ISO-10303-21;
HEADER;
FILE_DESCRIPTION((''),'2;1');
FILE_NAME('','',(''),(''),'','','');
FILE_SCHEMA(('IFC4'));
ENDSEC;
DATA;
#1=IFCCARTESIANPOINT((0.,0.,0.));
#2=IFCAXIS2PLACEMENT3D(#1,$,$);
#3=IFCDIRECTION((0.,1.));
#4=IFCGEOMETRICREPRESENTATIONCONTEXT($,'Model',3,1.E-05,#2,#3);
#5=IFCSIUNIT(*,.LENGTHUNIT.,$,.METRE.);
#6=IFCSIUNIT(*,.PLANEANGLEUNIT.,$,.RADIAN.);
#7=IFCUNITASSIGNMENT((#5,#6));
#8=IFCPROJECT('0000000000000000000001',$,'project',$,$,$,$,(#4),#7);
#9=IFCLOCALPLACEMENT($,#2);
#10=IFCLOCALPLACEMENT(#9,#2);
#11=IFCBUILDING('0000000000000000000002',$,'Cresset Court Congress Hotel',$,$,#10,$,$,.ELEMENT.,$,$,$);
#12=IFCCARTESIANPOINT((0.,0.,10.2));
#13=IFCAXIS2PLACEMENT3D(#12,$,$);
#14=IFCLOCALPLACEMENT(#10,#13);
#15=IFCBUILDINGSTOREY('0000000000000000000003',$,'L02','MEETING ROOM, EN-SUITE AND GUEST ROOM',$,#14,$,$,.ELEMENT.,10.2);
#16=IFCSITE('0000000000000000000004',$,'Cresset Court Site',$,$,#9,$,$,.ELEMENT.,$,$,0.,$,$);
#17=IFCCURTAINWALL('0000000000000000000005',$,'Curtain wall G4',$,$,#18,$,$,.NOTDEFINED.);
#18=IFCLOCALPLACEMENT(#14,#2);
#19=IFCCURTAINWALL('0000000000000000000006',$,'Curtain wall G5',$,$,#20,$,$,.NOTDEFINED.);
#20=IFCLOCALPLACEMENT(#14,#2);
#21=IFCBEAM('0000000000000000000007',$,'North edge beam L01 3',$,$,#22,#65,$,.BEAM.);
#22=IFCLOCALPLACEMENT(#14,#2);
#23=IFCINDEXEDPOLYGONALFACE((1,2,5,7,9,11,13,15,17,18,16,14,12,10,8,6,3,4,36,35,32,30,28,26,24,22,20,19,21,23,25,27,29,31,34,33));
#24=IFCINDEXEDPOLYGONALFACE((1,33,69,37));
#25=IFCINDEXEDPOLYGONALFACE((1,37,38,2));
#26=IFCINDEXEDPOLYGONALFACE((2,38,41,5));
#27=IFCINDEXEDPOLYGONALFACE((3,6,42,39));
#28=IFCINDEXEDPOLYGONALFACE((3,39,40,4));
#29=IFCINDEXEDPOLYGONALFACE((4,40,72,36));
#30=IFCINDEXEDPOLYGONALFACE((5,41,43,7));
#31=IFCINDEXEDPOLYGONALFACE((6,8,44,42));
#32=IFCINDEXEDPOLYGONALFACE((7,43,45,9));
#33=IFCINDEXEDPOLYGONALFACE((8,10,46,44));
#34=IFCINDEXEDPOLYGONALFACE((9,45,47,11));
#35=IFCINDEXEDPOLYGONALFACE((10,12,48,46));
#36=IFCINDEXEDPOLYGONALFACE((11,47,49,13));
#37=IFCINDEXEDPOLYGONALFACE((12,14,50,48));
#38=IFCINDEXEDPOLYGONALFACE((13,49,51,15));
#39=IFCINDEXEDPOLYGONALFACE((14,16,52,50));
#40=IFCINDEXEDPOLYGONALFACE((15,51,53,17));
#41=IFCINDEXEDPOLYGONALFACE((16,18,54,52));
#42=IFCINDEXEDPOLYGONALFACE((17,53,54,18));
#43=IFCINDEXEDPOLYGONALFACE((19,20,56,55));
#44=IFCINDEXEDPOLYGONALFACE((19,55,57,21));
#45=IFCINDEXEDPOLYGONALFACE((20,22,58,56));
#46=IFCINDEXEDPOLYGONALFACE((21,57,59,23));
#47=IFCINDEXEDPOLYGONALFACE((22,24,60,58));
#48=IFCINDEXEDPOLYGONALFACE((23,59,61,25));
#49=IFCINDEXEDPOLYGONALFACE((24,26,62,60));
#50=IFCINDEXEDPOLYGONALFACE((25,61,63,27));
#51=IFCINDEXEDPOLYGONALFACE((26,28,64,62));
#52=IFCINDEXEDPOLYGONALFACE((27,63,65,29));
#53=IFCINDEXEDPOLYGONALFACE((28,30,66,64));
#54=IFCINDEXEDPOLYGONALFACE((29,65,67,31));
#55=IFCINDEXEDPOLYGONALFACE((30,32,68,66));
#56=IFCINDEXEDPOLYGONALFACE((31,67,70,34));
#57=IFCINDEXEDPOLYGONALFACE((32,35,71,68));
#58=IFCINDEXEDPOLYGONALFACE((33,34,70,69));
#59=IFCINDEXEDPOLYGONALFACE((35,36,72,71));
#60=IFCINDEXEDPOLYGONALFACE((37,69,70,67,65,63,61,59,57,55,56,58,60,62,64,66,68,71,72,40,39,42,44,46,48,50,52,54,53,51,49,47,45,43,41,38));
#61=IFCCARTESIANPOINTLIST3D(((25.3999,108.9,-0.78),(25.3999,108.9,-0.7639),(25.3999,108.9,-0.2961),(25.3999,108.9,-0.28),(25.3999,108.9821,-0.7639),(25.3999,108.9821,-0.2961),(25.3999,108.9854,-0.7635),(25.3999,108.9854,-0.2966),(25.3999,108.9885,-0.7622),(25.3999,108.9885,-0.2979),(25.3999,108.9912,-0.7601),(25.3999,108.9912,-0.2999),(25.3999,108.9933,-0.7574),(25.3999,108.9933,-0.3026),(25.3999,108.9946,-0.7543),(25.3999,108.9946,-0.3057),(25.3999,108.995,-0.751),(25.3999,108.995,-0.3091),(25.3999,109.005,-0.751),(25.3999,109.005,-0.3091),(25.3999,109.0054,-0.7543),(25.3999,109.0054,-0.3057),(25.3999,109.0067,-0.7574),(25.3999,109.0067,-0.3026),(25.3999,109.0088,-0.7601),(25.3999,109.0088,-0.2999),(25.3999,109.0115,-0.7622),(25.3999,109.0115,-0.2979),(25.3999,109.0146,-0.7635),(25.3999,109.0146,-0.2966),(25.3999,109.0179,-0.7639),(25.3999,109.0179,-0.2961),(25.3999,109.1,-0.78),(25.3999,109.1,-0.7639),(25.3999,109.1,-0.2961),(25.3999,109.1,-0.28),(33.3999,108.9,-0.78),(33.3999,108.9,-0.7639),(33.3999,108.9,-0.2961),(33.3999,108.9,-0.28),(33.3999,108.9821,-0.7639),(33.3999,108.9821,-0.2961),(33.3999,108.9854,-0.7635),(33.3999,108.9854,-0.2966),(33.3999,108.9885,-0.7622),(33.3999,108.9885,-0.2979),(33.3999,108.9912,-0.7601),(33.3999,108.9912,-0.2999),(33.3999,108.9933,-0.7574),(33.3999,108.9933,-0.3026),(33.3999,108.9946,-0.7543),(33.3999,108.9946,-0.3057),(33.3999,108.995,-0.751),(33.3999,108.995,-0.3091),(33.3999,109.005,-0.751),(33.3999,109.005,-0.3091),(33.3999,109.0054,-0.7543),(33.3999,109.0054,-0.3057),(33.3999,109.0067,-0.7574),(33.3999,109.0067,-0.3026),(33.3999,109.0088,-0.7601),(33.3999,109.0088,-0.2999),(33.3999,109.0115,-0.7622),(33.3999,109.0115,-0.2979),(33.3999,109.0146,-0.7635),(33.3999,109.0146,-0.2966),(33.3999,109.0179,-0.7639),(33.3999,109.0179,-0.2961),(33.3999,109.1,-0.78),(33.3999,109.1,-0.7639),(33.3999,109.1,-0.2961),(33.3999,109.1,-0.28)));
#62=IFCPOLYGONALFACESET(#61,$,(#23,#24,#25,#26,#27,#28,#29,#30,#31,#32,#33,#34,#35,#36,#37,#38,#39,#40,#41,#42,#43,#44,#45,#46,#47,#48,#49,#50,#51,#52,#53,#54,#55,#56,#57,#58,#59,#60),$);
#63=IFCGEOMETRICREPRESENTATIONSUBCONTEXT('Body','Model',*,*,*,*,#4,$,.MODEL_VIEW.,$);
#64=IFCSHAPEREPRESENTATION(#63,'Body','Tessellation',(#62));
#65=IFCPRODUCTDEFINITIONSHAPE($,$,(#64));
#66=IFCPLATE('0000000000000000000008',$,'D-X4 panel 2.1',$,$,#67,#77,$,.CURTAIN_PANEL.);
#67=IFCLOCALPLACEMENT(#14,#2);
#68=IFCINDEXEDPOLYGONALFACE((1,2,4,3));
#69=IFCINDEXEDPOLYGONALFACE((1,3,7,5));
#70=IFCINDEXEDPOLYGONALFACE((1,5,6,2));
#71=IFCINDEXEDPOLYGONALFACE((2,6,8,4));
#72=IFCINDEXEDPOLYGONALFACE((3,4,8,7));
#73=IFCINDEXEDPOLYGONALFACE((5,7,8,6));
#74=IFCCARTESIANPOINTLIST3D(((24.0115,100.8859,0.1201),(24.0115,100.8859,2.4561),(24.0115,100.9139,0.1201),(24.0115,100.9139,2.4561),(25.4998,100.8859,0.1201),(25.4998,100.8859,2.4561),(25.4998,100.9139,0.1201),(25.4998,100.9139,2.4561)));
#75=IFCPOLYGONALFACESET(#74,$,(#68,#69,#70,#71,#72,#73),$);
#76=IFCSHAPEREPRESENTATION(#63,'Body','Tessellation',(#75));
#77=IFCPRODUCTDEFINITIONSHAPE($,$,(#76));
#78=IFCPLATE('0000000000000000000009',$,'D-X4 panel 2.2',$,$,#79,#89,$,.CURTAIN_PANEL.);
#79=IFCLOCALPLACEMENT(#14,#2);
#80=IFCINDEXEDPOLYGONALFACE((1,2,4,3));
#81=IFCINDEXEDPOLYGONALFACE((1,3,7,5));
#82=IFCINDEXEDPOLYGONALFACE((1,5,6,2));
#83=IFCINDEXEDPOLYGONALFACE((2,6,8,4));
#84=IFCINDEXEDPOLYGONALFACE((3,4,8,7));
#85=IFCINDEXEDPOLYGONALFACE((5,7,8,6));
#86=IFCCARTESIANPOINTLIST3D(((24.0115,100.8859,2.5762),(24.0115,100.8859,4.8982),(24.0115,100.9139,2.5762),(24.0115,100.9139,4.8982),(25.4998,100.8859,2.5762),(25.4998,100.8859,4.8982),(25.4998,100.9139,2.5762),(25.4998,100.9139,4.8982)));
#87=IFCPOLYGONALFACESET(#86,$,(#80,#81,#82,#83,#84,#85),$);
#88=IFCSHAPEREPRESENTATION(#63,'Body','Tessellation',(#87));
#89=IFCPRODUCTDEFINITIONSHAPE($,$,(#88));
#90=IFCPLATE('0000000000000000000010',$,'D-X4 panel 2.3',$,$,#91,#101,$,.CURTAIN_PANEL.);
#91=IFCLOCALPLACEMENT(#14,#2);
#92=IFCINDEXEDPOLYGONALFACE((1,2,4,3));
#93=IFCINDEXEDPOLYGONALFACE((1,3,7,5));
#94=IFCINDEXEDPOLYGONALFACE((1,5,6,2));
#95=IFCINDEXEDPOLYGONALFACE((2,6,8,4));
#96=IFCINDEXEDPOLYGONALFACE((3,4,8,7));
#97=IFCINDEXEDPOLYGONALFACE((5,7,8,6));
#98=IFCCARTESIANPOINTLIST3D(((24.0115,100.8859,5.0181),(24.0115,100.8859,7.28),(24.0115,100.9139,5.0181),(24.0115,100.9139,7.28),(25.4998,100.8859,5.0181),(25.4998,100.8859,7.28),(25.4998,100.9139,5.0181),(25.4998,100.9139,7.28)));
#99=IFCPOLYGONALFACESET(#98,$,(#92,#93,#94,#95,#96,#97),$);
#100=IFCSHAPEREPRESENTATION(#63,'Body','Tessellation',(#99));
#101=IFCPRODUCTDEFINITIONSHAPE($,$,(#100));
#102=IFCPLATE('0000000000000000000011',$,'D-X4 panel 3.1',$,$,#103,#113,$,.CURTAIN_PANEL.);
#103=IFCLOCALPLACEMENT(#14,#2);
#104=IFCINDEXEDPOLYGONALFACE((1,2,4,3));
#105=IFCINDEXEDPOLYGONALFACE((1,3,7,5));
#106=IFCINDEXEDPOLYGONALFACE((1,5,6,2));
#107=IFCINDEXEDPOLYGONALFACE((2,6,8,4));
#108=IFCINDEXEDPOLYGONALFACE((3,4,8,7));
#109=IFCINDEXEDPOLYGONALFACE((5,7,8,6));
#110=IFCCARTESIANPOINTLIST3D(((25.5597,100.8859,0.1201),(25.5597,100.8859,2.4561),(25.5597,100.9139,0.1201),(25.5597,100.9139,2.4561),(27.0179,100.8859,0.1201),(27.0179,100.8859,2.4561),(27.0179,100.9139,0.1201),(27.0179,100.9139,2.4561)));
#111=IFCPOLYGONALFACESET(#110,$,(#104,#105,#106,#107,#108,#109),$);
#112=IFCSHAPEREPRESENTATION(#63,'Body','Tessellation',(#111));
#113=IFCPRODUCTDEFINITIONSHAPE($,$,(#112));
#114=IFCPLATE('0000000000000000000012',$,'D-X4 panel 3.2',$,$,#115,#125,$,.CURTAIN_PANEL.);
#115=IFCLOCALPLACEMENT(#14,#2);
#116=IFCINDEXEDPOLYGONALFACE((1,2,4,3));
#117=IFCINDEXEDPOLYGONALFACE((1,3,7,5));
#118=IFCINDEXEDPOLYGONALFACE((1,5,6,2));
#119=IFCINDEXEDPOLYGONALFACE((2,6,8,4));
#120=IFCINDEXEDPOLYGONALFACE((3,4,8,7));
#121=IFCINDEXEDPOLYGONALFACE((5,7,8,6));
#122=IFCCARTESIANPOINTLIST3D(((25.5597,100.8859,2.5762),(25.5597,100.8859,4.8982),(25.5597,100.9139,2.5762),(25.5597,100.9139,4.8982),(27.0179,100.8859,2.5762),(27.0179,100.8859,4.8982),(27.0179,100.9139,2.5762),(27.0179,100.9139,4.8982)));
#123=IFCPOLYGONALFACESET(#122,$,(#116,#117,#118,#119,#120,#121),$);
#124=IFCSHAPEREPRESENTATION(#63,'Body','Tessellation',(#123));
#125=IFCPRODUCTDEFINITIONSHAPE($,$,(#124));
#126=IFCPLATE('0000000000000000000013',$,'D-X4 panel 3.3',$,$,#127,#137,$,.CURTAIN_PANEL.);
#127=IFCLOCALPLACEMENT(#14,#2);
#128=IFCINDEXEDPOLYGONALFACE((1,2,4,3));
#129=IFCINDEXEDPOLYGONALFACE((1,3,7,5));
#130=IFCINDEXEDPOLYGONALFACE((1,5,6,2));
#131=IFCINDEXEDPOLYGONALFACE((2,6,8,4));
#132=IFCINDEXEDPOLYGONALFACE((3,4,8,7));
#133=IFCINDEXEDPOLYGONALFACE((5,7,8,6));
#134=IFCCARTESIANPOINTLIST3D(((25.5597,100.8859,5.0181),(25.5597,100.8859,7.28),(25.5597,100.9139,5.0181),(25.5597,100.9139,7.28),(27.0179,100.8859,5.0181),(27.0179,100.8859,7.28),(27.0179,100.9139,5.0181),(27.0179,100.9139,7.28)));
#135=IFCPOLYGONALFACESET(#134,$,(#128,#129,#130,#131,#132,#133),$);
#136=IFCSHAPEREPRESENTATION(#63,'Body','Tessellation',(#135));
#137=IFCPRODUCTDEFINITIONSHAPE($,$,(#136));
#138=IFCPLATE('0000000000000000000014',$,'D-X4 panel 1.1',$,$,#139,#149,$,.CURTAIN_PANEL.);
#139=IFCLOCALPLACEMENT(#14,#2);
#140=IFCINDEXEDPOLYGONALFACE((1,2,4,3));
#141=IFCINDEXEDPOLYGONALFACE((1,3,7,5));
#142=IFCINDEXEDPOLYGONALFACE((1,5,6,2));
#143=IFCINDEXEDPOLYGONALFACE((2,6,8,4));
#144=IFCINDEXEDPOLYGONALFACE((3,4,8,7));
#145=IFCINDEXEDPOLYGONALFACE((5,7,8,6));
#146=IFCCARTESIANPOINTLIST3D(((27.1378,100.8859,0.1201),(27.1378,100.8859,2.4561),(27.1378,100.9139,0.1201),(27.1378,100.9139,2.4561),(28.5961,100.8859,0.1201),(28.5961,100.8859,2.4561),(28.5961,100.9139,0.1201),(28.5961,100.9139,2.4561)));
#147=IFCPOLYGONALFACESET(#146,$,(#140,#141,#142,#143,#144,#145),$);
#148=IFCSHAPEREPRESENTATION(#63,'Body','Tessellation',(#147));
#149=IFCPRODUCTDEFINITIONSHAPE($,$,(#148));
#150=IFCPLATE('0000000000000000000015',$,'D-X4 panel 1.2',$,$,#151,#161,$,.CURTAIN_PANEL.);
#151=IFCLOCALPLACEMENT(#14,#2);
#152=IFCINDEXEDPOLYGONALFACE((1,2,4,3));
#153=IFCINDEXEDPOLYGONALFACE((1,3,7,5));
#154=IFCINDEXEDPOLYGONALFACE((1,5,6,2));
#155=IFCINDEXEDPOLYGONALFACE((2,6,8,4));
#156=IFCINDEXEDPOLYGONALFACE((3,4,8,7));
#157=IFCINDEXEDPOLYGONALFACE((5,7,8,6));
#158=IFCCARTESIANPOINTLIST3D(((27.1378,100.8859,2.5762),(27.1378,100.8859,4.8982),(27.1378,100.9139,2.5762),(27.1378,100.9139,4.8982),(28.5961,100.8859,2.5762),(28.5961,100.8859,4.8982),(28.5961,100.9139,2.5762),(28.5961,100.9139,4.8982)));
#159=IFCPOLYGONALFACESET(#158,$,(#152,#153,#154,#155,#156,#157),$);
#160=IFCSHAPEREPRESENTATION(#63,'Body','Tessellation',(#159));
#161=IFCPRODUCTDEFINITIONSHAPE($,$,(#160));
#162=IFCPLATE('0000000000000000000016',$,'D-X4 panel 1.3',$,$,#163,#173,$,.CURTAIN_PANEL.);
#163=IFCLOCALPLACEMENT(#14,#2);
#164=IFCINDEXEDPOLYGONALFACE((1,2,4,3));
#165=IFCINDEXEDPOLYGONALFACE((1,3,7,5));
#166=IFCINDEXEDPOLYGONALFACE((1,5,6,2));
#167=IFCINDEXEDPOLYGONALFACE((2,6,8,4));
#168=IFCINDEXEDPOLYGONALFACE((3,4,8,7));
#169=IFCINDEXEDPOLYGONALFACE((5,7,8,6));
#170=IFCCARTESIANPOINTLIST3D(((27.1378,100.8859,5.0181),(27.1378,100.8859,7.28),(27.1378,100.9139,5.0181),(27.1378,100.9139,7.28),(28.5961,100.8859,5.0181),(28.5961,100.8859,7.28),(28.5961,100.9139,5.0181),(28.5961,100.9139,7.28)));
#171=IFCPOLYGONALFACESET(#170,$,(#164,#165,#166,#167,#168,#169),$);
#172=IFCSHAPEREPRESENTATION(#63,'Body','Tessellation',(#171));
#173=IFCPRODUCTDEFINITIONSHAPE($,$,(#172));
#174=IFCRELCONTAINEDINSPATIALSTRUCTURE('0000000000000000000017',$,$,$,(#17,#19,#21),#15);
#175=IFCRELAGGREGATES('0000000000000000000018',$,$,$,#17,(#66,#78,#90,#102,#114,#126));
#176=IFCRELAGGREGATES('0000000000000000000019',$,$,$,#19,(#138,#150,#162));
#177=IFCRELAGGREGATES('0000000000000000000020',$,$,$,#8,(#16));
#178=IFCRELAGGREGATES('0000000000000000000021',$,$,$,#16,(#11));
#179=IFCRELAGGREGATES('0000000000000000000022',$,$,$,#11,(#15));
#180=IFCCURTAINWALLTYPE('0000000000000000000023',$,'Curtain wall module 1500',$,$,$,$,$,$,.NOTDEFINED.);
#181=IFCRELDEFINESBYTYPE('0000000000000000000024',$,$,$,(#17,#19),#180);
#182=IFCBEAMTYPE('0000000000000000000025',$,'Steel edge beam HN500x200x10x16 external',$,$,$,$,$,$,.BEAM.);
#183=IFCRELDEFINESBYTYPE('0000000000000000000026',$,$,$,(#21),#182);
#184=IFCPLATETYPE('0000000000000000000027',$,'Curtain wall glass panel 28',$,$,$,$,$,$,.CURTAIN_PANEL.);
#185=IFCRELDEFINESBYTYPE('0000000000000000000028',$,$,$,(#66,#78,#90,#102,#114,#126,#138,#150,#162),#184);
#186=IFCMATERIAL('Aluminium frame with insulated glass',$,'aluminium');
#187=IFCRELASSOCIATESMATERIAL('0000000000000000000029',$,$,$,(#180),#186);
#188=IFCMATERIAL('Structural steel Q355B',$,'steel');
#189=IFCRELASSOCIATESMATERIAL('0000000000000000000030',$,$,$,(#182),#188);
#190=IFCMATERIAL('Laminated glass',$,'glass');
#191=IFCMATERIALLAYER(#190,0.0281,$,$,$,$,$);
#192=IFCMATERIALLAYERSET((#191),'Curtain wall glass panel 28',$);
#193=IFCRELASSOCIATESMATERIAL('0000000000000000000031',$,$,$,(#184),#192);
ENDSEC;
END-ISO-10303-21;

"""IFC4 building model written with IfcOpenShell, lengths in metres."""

from ifc_helpers import new_model, si_unit, direction, frame, origin, origin_2d, place, context, subcontext, project, spatial, rectangle, i_section, extrude, material, layer, layer_set, material_profile, profile_set, type_object, element, aggregate, save


model = new_model("IFC4")

# Units and contexts
model_context = context("Model", 3, precision=1e-05, world=origin(), true_north=direction((0.0, 1.0)))
body_context = subcontext(model_context, "Body", "Model", "MODEL_VIEW")
ifc_project = project(units=[si_unit("LENGTHUNIT", "METRE"), si_unit("PLANEANGLEUNIT", "RADIAN")], contexts=[model_context])

# Site, building, storey
site_placement = place(None, origin())
site = spatial("IfcSite", under=ifc_project, at=site_placement, Name="Cresset Court Site", CompositionType="ELEMENT", RefElevation=0.0)
building_placement = place(site_placement, origin())
building = spatial("IfcBuilding", under=site, at=building_placement, Name="Cresset Court Congress Hotel", CompositionType="ELEMENT")
storey_placement = place(building_placement, frame((0.0, 0.0, 10.2)))
storey = spatial("IfcBuildingStorey", under=building, at=storey_placement, Name="L02", Description="MEETING ROOM, EN-SUITE AND GUEST ROOM", CompositionType="ELEMENT", Elevation=10.2)

# Curtain walls
ifc_material_1 = material(Name="Aluminium frame with insulated glass", Category="aluminium")
curtain_wall_type = type_object("IfcCurtainWallType", Name="Curtain wall module 1500", PredefinedType="NOTDEFINED", material=ifc_material_1)
curtain_wall_1_placement = place(storey_placement, origin())
curtain_wall_1 = element("IfcCurtainWall", 1, at=curtain_wall_1_placement, inside=storey, type_object=curtain_wall_type, Name="Curtain wall G4", PredefinedType="NOTDEFINED")
curtain_wall_2_placement = place(storey_placement, origin())
curtain_wall_2 = element("IfcCurtainWall", 2, at=curtain_wall_2_placement, inside=storey, type_object=curtain_wall_type, Name="Curtain wall G5", PredefinedType="NOTDEFINED")

# Beam
ifc_material_2 = material(Name="Structural steel Q355B", Category="steel")
ifc_material_profile_1 = material_profile(ifc_material_2, i_section(OverallWidth=0.2, OverallDepth=0.5, WebThickness=0.01, FlangeThickness=0.0161, FilletRadius=0.0129, at=origin_2d()), Name="HN500x200x10x16")
ifc_profile_set_1 = profile_set([ifc_material_profile_1], Name="Structural steel Q355B")
beam_type = type_object("IfcBeamType", Name="Steel edge beam HN500x200x10x16 external", PredefinedType="BEAM", material=ifc_profile_set_1)
beam_placement = place(storey_placement, frame((25.3999, 109.0, -0.53), z_axis=(1.0, 0.0, 0.0), x_axis=(0.0, 1.0, 0.0)))
element("IfcBeam", 3, at=beam_placement, inside=storey, type_object=beam_type, Name="North edge beam L01 3", PredefinedType="BEAM", context=body_context, shape_type="SweptSolid", body=[
    extrude(i_section(OverallWidth=0.2, OverallDepth=0.5, WebThickness=0.01, FlangeThickness=0.0161, FilletRadius=0.0129, at=origin_2d()), origin(), (0.0, 0.0, 1.0), 8.0),
])

# Plates
ifc_material_3 = material(Name="Laminated glass", Category="glass")
ifc_layer = layer(ifc_material_3, 0.0281)
ifc_layer_set = layer_set([ifc_layer], Name="Curtain wall glass panel 28")
plate_type = type_object("IfcPlateType", Name="Curtain wall glass panel 28", PredefinedType="CURTAIN_PANEL", material=ifc_layer_set)
plate_1_placement = place(storey_placement, frame((24.7556, 100.8999, 0.1201), z_axis=(0.0, 0.0, 1.0), x_axis=(1.0, 0.0, 0.0)))
plate_1 = element("IfcPlate", 4, at=plate_1_placement, type_object=plate_type, Name="D-X4 panel 2.1", PredefinedType="CURTAIN_PANEL", context=body_context, shape_type="SweptSolid", body=[
    extrude(rectangle(XDim=1.4883, YDim=0.0281, at=origin_2d()), origin(), (0.0, 0.0, 1.0), 2.3359),
])
plate_2_placement = place(storey_placement, frame((24.7556, 100.8999, 2.5762), z_axis=(0.0, 0.0, 1.0), x_axis=(1.0, 0.0, 0.0)))
plate_2 = element("IfcPlate", 5, at=plate_2_placement, type_object=plate_type, Name="D-X4 panel 2.2", PredefinedType="CURTAIN_PANEL", context=body_context, shape_type="SweptSolid", body=[
    extrude(rectangle(XDim=1.4883, YDim=0.0281, at=origin_2d()), origin(), (0.0, 0.0, 1.0), 2.322),
])
plate_3_placement = place(storey_placement, frame((24.7556, 100.8999, 5.0181), z_axis=(0.0, 0.0, 1.0), x_axis=(1.0, 0.0, 0.0)))
plate_3 = element("IfcPlate", 6, at=plate_3_placement, type_object=plate_type, Name="D-X4 panel 2.3", PredefinedType="CURTAIN_PANEL", context=body_context, shape_type="SweptSolid", body=[
    extrude(rectangle(XDim=1.4883, YDim=0.0281, at=origin_2d()), origin(), (0.0, 0.0, 1.0), 2.262),
])
plate_4_placement = place(storey_placement, frame((26.2888, 100.8999, 0.1201), z_axis=(0.0, 0.0, 1.0), x_axis=(1.0, 0.0, 0.0)))
plate_4 = element("IfcPlate", 7, at=plate_4_placement, type_object=plate_type, Name="D-X4 panel 3.1", PredefinedType="CURTAIN_PANEL", context=body_context, shape_type="SweptSolid", body=[
    extrude(rectangle(XDim=1.4583, YDim=0.0281, at=origin_2d()), origin(), (0.0, 0.0, 1.0), 2.3359),
])
plate_5_placement = place(storey_placement, frame((26.2888, 100.8999, 2.5762), z_axis=(0.0, 0.0, 1.0), x_axis=(1.0, 0.0, 0.0)))
plate_5 = element("IfcPlate", 8, at=plate_5_placement, type_object=plate_type, Name="D-X4 panel 3.2", PredefinedType="CURTAIN_PANEL", context=body_context, shape_type="SweptSolid", body=[
    extrude(rectangle(XDim=1.4583, YDim=0.0281, at=origin_2d()), origin(), (0.0, 0.0, 1.0), 2.322),
])
plate_6_placement = place(storey_placement, frame((26.2888, 100.8999, 5.0181), z_axis=(0.0, 0.0, 1.0), x_axis=(1.0, 0.0, 0.0)))
plate_6 = element("IfcPlate", 9, at=plate_6_placement, type_object=plate_type, Name="D-X4 panel 3.3", PredefinedType="CURTAIN_PANEL", context=body_context, shape_type="SweptSolid", body=[
    extrude(rectangle(XDim=1.4583, YDim=0.0281, at=origin_2d()), origin(), (0.0, 0.0, 1.0), 2.262),
])
aggregate(curtain_wall_1, [plate_1, plate_2, plate_3, plate_4, plate_5, plate_6])
plate_7_placement = place(storey_placement, frame((27.8669, 100.8999, 0.1201), z_axis=(0.0, 0.0, 1.0), x_axis=(1.0, 0.0, 0.0)))
plate_7 = element("IfcPlate", 10, at=plate_7_placement, type_object=plate_type, Name="D-X4 panel 1.1", PredefinedType="CURTAIN_PANEL", context=body_context, shape_type="SweptSolid", body=[
    extrude(rectangle(XDim=1.4583, YDim=0.0281, at=origin_2d()), origin(), (0.0, 0.0, 1.0), 2.3359),
])
plate_8_placement = place(storey_placement, frame((27.8669, 100.8999, 2.5762), z_axis=(0.0, 0.0, 1.0), x_axis=(1.0, 0.0, 0.0)))
plate_8 = element("IfcPlate", 11, at=plate_8_placement, type_object=plate_type, Name="D-X4 panel 1.2", PredefinedType="CURTAIN_PANEL", context=body_context, shape_type="SweptSolid", body=[
    extrude(rectangle(XDim=1.4583, YDim=0.0281, at=origin_2d()), origin(), (0.0, 0.0, 1.0), 2.322),
])
plate_9_placement = place(storey_placement, frame((27.8669, 100.8999, 5.0181), z_axis=(0.0, 0.0, 1.0), x_axis=(1.0, 0.0, 0.0)))
plate_9 = element("IfcPlate", 12, at=plate_9_placement, type_object=plate_type, Name="D-X4 panel 1.3", PredefinedType="CURTAIN_PANEL", context=body_context, shape_type="SweptSolid", body=[
    extrude(rectangle(XDim=1.4583, YDim=0.0281, at=origin_2d()), origin(), (0.0, 0.0, 1.0), 2.262),
])
aggregate(curtain_wall_2, [plate_7, plate_8, plate_9])

save(model, "model.ifc")
